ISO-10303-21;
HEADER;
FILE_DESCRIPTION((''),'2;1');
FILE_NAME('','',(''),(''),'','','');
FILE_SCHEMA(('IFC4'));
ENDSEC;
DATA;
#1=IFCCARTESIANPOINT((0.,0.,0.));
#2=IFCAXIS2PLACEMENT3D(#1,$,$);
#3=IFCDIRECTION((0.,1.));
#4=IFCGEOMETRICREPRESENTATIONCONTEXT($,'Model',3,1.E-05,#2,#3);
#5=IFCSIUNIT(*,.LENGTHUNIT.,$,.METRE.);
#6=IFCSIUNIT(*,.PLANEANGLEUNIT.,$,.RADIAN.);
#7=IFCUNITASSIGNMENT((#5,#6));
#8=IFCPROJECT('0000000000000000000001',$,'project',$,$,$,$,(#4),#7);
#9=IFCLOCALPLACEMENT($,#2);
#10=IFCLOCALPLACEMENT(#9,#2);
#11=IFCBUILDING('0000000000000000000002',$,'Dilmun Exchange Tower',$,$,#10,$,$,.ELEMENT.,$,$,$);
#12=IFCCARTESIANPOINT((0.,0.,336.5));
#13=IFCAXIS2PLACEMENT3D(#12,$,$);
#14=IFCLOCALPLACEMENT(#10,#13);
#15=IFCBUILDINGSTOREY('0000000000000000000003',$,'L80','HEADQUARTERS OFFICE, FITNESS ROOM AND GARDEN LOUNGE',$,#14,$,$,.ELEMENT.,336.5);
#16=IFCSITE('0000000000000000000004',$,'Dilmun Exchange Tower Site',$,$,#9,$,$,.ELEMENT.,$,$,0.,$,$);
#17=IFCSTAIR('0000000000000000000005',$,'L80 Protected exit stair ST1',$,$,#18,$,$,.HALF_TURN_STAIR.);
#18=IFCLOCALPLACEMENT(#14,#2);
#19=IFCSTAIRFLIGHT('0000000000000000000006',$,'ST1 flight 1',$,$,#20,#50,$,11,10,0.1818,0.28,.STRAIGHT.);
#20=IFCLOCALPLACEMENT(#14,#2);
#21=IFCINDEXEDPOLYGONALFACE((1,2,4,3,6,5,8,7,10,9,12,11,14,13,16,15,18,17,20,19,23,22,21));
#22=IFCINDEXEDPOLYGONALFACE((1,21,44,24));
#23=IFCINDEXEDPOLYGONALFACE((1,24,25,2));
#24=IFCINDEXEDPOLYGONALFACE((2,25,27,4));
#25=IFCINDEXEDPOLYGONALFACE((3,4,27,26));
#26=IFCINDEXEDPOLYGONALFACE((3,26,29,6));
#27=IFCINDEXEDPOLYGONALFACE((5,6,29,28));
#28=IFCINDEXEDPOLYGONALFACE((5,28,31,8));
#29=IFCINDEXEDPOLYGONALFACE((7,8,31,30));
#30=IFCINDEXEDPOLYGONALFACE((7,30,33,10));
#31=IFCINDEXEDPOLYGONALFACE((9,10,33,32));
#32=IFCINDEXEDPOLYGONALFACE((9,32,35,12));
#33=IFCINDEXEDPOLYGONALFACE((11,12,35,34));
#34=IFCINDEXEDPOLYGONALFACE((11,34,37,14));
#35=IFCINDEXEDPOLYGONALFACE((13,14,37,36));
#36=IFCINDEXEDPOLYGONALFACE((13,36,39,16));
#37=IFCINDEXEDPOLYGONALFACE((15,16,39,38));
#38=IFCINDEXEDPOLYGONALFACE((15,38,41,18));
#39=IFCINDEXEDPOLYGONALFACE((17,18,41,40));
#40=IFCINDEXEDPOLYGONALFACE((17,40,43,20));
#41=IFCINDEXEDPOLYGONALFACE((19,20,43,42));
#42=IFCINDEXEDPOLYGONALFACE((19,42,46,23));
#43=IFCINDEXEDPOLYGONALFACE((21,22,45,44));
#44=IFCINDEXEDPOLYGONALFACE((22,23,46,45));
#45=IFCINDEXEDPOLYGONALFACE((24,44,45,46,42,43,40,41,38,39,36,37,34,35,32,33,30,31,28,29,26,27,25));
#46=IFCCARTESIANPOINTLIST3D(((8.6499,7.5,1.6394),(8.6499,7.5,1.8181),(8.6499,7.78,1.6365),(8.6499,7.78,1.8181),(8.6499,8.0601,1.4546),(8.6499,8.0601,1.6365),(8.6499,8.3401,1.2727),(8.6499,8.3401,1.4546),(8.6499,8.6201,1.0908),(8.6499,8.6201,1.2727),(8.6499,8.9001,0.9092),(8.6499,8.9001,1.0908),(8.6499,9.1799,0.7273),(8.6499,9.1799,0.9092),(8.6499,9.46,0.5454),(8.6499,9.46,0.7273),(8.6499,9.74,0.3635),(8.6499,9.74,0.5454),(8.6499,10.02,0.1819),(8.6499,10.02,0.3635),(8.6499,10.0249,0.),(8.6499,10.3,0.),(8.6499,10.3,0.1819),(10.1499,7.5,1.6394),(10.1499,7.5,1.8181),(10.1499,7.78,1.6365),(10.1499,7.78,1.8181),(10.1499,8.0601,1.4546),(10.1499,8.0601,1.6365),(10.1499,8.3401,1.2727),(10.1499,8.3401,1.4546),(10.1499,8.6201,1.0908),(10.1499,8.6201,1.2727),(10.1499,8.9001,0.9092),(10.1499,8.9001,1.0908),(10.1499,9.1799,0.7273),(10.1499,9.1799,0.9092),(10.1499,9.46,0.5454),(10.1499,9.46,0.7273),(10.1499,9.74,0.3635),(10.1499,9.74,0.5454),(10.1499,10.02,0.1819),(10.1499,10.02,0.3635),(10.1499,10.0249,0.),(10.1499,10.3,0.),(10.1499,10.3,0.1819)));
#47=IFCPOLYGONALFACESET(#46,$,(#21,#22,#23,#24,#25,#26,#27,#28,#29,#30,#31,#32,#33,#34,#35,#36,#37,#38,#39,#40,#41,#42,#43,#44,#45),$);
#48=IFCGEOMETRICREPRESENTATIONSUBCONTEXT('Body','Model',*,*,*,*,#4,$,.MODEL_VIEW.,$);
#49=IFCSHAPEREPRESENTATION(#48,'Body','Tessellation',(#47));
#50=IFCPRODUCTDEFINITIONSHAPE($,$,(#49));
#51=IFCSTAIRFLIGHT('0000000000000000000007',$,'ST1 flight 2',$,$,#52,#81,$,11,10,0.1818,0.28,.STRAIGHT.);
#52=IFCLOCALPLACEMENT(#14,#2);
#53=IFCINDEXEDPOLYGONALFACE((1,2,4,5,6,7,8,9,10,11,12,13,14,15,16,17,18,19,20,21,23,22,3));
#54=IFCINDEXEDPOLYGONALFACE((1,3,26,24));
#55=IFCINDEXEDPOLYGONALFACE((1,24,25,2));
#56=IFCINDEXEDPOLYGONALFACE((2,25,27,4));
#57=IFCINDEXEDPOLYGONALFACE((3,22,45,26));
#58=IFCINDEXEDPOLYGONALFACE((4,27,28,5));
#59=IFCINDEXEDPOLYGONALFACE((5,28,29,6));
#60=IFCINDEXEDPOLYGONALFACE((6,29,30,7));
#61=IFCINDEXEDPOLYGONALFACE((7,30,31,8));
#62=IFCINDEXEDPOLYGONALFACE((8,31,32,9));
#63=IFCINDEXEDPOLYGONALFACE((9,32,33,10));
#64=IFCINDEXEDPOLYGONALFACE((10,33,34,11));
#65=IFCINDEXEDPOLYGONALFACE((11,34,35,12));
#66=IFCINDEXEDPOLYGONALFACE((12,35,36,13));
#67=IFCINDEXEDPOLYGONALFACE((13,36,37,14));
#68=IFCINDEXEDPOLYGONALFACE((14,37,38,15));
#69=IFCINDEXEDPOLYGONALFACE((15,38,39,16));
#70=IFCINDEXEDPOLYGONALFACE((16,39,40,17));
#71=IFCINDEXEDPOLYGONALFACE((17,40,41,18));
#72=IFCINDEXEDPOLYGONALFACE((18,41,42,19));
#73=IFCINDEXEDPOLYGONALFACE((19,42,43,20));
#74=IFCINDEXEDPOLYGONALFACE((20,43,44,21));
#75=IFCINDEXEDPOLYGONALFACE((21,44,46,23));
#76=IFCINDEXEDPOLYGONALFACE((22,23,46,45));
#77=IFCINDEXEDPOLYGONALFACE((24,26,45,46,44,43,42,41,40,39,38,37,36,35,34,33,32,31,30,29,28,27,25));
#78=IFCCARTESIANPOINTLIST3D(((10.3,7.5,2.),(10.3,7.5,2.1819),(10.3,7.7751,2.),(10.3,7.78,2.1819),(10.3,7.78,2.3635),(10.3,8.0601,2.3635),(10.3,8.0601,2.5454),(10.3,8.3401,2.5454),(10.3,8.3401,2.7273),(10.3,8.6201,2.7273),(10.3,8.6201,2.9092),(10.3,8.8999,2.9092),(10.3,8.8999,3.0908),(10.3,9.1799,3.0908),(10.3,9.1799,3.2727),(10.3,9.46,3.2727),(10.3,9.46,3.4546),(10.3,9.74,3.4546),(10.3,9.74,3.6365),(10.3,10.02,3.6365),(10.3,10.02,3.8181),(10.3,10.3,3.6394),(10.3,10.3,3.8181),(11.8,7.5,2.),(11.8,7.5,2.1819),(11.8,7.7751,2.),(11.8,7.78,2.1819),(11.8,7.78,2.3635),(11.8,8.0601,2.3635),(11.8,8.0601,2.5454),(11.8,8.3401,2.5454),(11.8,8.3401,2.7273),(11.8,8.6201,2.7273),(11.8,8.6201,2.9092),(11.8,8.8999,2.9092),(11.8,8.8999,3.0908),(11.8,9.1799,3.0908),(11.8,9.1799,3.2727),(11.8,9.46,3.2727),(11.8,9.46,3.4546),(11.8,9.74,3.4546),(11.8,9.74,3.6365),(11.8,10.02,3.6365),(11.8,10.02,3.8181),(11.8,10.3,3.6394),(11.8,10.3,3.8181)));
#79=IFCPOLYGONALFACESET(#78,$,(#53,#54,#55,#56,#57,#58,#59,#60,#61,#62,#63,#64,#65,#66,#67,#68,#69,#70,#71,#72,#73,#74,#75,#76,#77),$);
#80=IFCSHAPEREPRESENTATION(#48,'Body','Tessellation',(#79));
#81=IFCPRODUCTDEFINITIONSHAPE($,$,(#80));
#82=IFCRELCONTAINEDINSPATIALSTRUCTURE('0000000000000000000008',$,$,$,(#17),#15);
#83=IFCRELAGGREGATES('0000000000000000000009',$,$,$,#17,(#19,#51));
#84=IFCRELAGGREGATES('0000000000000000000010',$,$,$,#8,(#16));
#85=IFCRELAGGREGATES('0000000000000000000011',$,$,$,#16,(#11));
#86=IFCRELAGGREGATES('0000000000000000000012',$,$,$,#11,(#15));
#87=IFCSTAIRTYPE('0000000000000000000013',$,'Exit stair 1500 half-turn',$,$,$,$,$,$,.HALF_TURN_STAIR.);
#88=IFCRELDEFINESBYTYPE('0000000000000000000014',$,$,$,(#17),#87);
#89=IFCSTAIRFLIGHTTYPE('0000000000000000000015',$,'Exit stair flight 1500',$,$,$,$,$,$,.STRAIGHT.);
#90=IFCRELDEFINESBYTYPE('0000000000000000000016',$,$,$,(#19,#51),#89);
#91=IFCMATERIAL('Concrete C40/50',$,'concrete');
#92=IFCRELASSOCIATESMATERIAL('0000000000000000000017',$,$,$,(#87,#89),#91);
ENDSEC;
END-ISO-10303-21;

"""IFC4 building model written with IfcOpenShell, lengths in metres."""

from ifc_helpers import new_model, si_unit, direction, frame, origin, place, context, subcontext, project, spatial, polyline, outline, extrude, material, type_object, element, aggregate, save


model = new_model("IFC4")

# Units and contexts
model_context = context("Model", 3, precision=1e-05, world=origin(), true_north=direction((0.0, 1.0)))
body_context = subcontext(model_context, "Body", "Model", "MODEL_VIEW")
ifc_project = project(units=[si_unit("LENGTHUNIT", "METRE"), si_unit("PLANEANGLEUNIT", "RADIAN")], contexts=[model_context])

# Site, building, storey
site_placement = place(None, origin())
site = spatial("IfcSite", under=ifc_project, at=site_placement, Name="Dilmun Exchange Tower Site", CompositionType="ELEMENT", RefElevation=0.0)
building_placement = place(site_placement, origin())
building = spatial("IfcBuilding", under=site, at=building_placement, Name="Dilmun Exchange Tower", CompositionType="ELEMENT")
storey_placement = place(building_placement, frame((0.0, 0.0, 336.5)))
storey = spatial("IfcBuildingStorey", under=building, at=storey_placement, Name="L80", Description="HEADQUARTERS OFFICE, FITNESS ROOM AND GARDEN LOUNGE", CompositionType="ELEMENT", Elevation=336.5)

# Shared definitions
ifc_material_1 = material(Name="Concrete C40/50", Category="concrete")

# Stair, stair flights
stair_type = type_object("IfcStairType", Name="Exit stair 1500 half-turn", PredefinedType="HALF_TURN_STAIR", material=ifc_material_1)
stair_placement = place(storey_placement, origin())
stair = element("IfcStair", 1, at=stair_placement, inside=storey, type_object=stair_type, Name="L80 Protected exit stair ST1", PredefinedType="HALF_TURN_STAIR")
stair_flight_type = type_object("IfcStairFlightType", Name="Exit stair flight 1500", PredefinedType="STRAIGHT", material=ifc_material_1)
stair_flight_1_placement = place(storey_placement, frame((9.3999, 10.3, 0.0), z_axis=(0.0, 0.0, 1.0), x_axis=(0.0, -1.0, 0.0)))
stair_flight_1 = element("IfcStairFlight", 2, at=stair_flight_1_placement, type_object=stair_flight_type, Name="ST1 flight 1", NumberOfRisers=11, NumberOfTreads=10, PredefinedType="STRAIGHT", RiserHeight=0.1818, TreadLength=0.28, context=body_context, shape_type="SweptSolid", body=[
    extrude(outline(polyline([(0.0, 0.0), (0.0, 0.1819), (0.28, 0.1819), (0.28, 0.3635), (0.5601, 0.3635), (0.5601, 0.5454), (0.8401, 0.5454), (0.8401, 0.7273), (1.1201, 0.7273), (1.1201, 0.9092), (1.3999, 0.9092), (1.3999, 1.0908), (1.6799, 1.0908), (1.6799, 1.2727), (1.96, 1.2727), (1.96, 1.4546), (2.24, 1.4546), (2.24, 1.6365), (2.52, 1.6365), (2.52, 1.8181), (2.8, 1.8181), (2.8, 2.0), (2.8, 1.6394), (0.2751, 0.0), (0.0, 0.0)])), frame((0.0, 0.75, 0.0), z_axis=(0.0, -1.0, 0.0), x_axis=(1.0, 0.0, 0.0)), (0.0, 0.0, 1.0), 1.5),
])
stair_flight_2_placement = place(storey_placement, frame((11.05, 7.5, 2.0), z_axis=(0.0, 0.0, 1.0), x_axis=(0.0, 1.0, 0.0)))
stair_flight_2 = element("IfcStairFlight", 3, at=stair_flight_2_placement, type_object=stair_flight_type, Name="ST1 flight 2", NumberOfRisers=11, NumberOfTreads=10, PredefinedType="STRAIGHT", RiserHeight=0.1818, TreadLength=0.28, context=body_context, shape_type="SweptSolid", body=[
    extrude(outline(polyline([(0.0, 0.0), (0.0, 0.1819), (0.28, 0.1819), (0.28, 0.3635), (0.5601, 0.3635), (0.5601, 0.5454), (0.8401, 0.5454), (0.8401, 0.7273), (1.1201, 0.7273), (1.1201, 0.9092), (1.3999, 0.9092), (1.3999, 1.0908), (1.6799, 1.0908), (1.6799, 1.2727), (1.96, 1.2727), (1.96, 1.4546), (2.24, 1.4546), (2.24, 1.6365), (2.52, 1.6365), (2.52, 1.8181), (2.8, 1.8181), (2.8, 2.0), (2.8, 1.6394), (0.2751, 0.0), (0.0, 0.0)])), frame((0.0, 0.75, 0.0), z_axis=(0.0, -1.0, 0.0), x_axis=(1.0, 0.0, 0.0)), (0.0, 0.0, 1.0), 1.5),
])
aggregate(stair, [stair_flight_1, stair_flight_2])

save(model, "model.ifc")
